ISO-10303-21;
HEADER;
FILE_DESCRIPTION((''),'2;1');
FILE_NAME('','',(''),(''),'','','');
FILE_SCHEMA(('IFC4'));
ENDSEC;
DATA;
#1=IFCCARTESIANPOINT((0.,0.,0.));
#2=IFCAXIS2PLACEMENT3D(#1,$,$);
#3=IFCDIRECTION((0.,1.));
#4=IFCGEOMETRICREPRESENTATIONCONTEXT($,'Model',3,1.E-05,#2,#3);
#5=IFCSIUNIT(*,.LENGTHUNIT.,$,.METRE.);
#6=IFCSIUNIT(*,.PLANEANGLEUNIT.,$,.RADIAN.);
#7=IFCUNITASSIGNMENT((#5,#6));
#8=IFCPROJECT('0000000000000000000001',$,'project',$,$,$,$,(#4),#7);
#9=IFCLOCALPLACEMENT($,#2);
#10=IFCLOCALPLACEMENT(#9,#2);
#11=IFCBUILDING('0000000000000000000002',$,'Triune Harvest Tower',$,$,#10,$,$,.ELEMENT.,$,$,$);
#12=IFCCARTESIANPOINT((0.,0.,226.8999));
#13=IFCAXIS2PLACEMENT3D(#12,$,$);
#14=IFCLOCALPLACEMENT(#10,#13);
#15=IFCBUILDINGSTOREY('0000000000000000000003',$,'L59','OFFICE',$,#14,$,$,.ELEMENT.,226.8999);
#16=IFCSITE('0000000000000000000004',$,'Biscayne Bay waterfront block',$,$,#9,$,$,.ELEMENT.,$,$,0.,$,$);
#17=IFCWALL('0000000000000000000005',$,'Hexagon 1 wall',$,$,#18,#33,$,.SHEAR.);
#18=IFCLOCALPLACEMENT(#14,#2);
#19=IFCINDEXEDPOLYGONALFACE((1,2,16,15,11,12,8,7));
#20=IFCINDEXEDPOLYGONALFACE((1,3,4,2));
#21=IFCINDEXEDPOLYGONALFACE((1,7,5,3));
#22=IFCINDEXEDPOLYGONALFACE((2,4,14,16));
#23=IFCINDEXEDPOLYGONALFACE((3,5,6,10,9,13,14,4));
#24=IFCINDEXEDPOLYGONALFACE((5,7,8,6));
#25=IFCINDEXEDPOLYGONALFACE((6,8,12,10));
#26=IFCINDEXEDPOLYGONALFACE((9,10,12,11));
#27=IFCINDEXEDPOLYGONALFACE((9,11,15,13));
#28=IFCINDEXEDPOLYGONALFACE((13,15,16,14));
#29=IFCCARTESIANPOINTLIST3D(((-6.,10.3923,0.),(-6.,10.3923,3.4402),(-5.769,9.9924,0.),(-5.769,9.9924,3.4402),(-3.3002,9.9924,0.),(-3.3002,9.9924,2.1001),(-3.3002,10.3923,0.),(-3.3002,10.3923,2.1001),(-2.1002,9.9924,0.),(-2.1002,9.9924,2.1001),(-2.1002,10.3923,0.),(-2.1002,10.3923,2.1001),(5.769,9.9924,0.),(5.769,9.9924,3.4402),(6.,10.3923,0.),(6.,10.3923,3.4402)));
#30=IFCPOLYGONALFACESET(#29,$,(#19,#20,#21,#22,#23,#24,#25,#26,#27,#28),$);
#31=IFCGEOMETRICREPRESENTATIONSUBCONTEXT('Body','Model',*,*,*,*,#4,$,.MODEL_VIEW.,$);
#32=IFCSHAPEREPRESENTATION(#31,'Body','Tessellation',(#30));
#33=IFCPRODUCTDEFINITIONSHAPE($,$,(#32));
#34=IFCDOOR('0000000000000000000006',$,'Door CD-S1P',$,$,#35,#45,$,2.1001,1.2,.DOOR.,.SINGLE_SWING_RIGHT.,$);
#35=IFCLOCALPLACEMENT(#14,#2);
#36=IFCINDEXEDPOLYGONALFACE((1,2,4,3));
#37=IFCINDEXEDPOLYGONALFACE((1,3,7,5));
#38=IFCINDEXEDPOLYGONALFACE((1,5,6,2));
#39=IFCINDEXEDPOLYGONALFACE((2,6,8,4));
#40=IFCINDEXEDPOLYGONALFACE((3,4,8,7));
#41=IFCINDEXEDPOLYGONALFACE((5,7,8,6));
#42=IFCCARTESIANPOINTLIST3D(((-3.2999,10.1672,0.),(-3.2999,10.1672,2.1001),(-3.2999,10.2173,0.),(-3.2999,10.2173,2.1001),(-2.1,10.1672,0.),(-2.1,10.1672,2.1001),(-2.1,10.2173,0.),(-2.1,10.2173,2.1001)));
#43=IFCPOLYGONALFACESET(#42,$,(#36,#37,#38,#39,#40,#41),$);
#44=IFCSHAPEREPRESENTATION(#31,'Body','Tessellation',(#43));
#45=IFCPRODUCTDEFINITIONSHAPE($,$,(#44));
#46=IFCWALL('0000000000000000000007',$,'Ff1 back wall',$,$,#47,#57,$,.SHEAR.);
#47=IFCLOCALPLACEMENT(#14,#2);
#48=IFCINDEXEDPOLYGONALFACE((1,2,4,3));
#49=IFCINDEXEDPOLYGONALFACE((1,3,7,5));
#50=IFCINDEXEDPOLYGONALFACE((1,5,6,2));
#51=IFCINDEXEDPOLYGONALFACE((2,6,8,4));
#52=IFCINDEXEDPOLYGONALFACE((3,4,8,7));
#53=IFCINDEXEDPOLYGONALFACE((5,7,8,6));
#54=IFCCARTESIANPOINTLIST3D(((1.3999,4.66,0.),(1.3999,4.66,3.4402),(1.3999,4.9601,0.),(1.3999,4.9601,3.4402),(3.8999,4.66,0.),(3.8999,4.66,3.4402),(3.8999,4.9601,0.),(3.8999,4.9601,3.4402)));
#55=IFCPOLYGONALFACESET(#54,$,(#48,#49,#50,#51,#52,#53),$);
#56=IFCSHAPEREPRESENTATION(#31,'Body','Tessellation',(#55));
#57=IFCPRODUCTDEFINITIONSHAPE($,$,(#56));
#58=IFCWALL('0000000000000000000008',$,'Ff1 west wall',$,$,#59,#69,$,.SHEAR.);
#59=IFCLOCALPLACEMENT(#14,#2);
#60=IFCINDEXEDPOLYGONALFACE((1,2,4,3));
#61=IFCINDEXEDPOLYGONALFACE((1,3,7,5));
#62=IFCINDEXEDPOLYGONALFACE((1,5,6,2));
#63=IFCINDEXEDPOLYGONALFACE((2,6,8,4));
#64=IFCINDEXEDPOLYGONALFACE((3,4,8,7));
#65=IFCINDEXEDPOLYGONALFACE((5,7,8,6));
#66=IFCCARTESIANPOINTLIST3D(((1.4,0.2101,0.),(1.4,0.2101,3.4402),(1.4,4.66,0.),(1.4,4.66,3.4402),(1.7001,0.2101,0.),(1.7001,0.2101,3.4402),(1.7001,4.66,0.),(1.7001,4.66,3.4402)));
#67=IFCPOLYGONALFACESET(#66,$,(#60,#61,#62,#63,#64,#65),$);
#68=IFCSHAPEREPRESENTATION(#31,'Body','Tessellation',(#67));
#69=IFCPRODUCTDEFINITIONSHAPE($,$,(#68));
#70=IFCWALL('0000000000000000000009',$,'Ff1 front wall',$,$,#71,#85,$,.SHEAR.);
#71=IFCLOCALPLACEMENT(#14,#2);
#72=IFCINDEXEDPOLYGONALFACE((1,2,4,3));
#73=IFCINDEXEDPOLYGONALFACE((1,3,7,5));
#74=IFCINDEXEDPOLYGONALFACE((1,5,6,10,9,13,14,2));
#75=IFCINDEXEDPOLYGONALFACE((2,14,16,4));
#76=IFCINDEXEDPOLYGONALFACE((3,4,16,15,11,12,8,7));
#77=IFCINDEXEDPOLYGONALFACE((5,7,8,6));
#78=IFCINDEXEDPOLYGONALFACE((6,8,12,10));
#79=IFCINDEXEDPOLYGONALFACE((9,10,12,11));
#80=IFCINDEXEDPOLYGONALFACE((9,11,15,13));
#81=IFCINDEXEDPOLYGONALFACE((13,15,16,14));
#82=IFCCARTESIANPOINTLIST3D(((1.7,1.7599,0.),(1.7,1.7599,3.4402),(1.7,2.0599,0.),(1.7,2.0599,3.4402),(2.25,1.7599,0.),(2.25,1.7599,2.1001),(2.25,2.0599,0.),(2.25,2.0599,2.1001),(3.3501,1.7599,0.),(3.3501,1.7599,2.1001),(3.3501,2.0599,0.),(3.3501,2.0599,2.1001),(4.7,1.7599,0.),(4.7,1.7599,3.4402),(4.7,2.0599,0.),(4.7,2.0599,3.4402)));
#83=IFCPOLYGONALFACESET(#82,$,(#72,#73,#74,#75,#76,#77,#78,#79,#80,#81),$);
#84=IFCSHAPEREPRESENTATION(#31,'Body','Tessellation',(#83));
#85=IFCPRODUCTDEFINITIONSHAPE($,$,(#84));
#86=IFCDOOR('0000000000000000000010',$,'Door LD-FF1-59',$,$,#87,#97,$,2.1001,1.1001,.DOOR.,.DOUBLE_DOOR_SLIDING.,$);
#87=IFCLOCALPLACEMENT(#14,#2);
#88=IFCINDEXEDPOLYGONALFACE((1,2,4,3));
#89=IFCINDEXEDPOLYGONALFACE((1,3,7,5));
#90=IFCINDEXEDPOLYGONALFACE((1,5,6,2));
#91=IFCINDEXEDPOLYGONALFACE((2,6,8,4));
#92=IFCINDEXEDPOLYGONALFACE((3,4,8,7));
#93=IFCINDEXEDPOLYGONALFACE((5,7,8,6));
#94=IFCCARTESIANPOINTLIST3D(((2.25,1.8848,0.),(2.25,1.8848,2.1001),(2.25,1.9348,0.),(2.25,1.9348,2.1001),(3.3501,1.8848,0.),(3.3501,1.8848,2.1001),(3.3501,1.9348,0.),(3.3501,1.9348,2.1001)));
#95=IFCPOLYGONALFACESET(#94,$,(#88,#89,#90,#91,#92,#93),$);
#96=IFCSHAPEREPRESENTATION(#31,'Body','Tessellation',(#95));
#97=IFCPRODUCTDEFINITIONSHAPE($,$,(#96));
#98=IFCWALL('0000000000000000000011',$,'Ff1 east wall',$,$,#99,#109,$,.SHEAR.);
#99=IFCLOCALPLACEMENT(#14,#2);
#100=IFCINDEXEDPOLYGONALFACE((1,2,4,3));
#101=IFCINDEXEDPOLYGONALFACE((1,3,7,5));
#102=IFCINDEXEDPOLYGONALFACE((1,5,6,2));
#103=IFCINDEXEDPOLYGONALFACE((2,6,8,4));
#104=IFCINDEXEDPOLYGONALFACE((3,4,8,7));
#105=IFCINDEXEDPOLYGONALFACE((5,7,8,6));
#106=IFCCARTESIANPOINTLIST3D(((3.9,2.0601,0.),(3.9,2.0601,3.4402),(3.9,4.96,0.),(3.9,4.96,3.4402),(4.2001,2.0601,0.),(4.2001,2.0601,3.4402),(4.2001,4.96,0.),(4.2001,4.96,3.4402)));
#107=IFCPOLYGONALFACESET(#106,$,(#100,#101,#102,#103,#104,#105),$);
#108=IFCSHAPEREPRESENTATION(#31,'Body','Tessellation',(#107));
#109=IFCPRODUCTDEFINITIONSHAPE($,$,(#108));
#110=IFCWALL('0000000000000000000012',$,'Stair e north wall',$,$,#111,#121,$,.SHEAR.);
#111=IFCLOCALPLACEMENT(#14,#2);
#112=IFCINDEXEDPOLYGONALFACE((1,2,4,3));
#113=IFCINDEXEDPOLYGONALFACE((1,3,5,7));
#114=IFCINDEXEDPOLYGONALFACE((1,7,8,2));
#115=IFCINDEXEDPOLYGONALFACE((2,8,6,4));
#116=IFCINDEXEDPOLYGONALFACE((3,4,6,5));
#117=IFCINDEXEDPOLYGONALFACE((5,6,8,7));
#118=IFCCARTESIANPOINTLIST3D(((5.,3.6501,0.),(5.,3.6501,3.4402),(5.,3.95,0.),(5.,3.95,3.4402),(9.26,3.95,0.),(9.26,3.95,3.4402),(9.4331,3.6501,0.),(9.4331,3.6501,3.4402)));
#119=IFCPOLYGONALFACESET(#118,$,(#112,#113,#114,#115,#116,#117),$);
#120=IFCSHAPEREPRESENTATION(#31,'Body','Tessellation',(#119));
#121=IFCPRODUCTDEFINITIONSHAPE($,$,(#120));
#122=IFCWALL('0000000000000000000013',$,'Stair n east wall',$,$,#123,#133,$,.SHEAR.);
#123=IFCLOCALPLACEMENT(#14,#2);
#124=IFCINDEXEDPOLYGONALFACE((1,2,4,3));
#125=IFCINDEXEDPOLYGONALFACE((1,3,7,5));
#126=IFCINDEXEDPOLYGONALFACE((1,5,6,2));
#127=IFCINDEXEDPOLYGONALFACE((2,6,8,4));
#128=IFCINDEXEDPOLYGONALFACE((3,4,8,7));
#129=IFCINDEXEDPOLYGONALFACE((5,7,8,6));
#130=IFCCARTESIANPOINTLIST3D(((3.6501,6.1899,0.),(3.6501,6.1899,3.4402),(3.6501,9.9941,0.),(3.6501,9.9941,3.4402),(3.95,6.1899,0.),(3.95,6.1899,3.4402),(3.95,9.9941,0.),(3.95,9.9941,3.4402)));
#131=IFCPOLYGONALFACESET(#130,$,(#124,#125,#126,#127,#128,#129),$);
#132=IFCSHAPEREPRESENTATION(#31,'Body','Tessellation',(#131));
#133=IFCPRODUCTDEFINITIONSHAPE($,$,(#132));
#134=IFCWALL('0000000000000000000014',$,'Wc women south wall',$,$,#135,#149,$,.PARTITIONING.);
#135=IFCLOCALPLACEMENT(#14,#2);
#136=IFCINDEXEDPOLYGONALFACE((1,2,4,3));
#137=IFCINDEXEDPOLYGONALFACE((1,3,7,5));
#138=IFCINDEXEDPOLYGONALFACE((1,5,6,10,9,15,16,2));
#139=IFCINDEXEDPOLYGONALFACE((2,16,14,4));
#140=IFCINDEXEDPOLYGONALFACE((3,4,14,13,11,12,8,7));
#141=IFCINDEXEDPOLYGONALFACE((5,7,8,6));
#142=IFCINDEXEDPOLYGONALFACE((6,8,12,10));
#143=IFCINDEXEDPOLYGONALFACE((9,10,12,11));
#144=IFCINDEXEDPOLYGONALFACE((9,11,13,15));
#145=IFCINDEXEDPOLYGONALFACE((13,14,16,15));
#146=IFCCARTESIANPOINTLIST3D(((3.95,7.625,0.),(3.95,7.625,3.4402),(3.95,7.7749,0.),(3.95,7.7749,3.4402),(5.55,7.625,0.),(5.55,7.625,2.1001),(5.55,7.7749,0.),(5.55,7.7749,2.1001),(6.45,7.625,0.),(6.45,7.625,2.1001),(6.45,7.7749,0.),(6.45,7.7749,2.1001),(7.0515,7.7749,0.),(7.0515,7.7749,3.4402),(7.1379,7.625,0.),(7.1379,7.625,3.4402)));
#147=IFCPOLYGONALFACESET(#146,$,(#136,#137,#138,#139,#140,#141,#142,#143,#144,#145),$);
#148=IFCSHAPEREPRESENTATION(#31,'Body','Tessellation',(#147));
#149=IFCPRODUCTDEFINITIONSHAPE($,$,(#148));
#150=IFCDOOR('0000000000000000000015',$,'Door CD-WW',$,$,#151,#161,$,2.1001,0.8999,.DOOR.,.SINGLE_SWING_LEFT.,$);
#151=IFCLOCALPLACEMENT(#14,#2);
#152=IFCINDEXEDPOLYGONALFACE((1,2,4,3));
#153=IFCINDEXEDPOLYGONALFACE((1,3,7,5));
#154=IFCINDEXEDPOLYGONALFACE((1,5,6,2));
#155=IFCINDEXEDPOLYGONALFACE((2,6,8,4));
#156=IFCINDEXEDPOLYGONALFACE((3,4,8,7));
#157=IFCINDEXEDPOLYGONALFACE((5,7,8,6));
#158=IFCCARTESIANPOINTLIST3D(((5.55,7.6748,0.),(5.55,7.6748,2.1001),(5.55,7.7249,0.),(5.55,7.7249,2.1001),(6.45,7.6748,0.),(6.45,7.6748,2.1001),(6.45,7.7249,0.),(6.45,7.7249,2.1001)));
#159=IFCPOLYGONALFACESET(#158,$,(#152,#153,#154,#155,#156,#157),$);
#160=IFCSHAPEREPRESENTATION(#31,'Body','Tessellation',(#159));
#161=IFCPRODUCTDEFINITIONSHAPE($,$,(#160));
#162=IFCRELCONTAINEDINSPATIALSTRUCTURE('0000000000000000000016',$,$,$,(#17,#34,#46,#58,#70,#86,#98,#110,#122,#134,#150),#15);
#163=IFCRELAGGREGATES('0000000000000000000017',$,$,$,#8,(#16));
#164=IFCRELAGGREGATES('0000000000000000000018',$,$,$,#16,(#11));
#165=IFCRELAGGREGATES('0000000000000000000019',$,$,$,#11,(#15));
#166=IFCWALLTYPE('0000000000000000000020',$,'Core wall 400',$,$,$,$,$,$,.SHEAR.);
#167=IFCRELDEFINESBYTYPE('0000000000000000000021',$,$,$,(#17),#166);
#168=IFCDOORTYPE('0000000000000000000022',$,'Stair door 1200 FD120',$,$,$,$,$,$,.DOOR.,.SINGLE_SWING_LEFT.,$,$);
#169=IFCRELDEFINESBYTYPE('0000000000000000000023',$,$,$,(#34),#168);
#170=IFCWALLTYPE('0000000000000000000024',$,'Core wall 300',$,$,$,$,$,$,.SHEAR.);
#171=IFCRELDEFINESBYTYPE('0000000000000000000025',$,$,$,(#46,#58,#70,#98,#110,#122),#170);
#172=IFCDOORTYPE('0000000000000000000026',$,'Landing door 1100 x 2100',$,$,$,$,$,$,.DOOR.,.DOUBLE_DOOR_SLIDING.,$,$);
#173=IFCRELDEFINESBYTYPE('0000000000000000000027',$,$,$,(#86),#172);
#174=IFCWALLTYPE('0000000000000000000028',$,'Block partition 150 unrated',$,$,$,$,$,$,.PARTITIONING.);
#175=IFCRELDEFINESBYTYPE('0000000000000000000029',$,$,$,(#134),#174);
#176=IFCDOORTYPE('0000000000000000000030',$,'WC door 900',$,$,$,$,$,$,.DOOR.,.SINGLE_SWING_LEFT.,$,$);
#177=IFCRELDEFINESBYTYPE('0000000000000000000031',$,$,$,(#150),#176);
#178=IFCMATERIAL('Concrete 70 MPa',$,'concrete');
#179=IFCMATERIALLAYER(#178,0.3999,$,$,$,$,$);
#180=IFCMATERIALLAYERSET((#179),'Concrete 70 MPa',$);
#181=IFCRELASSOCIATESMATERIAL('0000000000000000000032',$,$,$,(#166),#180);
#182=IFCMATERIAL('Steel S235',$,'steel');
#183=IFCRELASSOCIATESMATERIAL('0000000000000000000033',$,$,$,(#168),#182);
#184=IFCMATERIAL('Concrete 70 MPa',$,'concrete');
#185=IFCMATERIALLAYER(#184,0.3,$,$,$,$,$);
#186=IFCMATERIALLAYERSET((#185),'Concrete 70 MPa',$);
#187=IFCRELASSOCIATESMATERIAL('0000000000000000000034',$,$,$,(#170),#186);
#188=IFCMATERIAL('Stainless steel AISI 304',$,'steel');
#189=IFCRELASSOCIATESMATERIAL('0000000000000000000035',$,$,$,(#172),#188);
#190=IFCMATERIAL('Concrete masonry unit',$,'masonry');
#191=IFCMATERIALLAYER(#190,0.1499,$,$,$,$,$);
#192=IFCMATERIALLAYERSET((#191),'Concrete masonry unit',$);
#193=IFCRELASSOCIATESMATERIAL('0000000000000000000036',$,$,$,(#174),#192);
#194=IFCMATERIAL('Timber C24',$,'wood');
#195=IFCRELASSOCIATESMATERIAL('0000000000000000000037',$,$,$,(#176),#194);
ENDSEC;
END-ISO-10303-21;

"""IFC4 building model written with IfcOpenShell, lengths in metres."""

from ifc_helpers import new_model, si_unit, direction, frame, frame_2d, origin, place, context, subcontext, project, spatial, polyline, rectangle, outline, extrude, source, transform, mapped, material, layer, layer_set, type_object, element, fill, save


model = new_model("IFC4")

# Units and contexts
model_context = context("Model", 3, precision=1e-05, world=origin(), true_north=direction((0.0, 1.0)))
body_context = subcontext(model_context, "Body", "Model", "MODEL_VIEW")
ifc_project = project(units=[si_unit("LENGTHUNIT", "METRE"), si_unit("PLANEANGLEUNIT", "RADIAN")], contexts=[model_context])

# Site, building, storey
site_placement = place(None, origin())
site = spatial("IfcSite", under=ifc_project, at=site_placement, Name="Biscayne Bay waterfront block", CompositionType="ELEMENT", RefElevation=0.0)
building_placement = place(site_placement, origin())
building = spatial("IfcBuilding", under=site, at=building_placement, Name="Triune Harvest Tower", CompositionType="ELEMENT")
storey_placement = place(building_placement, frame((0.0, 0.0, 226.8999)))
storey = spatial("IfcBuildingStorey", under=building, at=storey_placement, Name="L59", Description="OFFICE", CompositionType="ELEMENT", Elevation=226.8999)

# Wall, opening, door
ifc_material_1 = material(Name="Concrete 70 MPa", Category="concrete")
ifc_layer_1 = layer(ifc_material_1, 0.3999)
ifc_layer_set_1 = layer_set([ifc_layer_1], Name="Concrete 70 MPa")
wall_type_1 = type_object("IfcWallType", Name="Core wall 400", PredefinedType="SHEAR", material=ifc_layer_set_1)
shared_shape_1 = source(origin(), body_context, "Body", "SweptSolid", [
    extrude(outline(polyline([(-0.1155, -0.2), (11.8845, -0.2), (11.6536, 0.2), (0.1155, 0.2), (-0.1155, -0.2)])), origin(), (0.0, 0.0, 1.0), 3.4402),
])
wall_1_placement = place(storey_placement, frame((5.8845, 10.1924, 0.0), z_axis=(0.0, 0.0, 1.0), x_axis=(-1.0, 0.0, 0.0)))
wall_1 = element("IfcWall", 1, at=wall_1_placement, inside=storey, type_object=wall_type_1, Name="Hexagon 1 wall", PredefinedType="SHEAR", context=body_context, shape_type="MappedRepresentation", body=[
    mapped(shared_shape_1, transform((0.0, 0.0, 0.0), scale=1.0)),
])
opening_1_placement = place(wall_1_placement, frame((7.9846, 0.0, 0.0)))
opening_1 = element("IfcOpeningElement", 2, at=opening_1_placement, cuts=wall_1, PredefinedType="OPENING", context=body_context, shape_type="SweptSolid", body=[
    extrude(rectangle(XDim=1.2, YDim=2.1001, at=frame_2d((0.6001, 1.05))), frame((0.0, 0.21, 0.0), z_axis=(0.0, -1.0, 0.0), x_axis=(1.0, 0.0, 0.0)), (0.0, 0.0, 1.0), 0.4199),
])
ifc_material_2 = material(Name="Steel S235", Category="steel")
door_type_1 = type_object("IfcDoorType", Name="Stair door 1200 FD120", OperationType="SINGLE_SWING_LEFT", PredefinedType="DOOR", material=ifc_material_2)
door_1_placement = place(opening_1_placement, frame((1.2, 0.0, 0.0), z_axis=(0.0, 0.0, 1.0), x_axis=(-1.0, 0.0, 0.0)))
door_1 = element("IfcDoor", 3, at=door_1_placement, inside=storey, type_object=door_type_1, Name="Door CD-S1P", OperationType="SINGLE_SWING_RIGHT", OverallHeight=2.1001, OverallWidth=1.2, PredefinedType="DOOR", context=body_context, shape_type="SweptSolid", body=[
    extrude(rectangle(XDim=1.2, YDim=2.1001, at=frame_2d((0.6001, 1.05))), frame((0.0, 0.0249, 0.0), z_axis=(0.0, -1.0, 0.0), x_axis=(1.0, 0.0, 0.0)), (0.0, 0.0, 1.0), 0.05),
])
fill(opening_1, door_1)

# Walls
ifc_material_3 = material(Name="Concrete 70 MPa", Category="concrete")
ifc_layer_2 = layer(ifc_material_3, 0.3)
ifc_layer_set_2 = layer_set([ifc_layer_2], Name="Concrete 70 MPa")
wall_type_2 = type_object("IfcWallType", Name="Core wall 300", PredefinedType="SHEAR", material=ifc_layer_set_2)
shared_shape_2 = source(origin(), body_context, "Body", "SweptSolid", [
    extrude(rectangle(XDim=2.5, YDim=0.3, at=frame_2d((1.25, 0.0))), origin(), (0.0, 0.0, 1.0), 3.4402),
])
wall_2_placement = place(storey_placement, frame((1.3999, 4.8101, 0.0), z_axis=(0.0, 0.0, 1.0), x_axis=(1.0, 0.0, 0.0)))
element("IfcWall", 4, at=wall_2_placement, inside=storey, type_object=wall_type_2, Name="Ff1 back wall", PredefinedType="SHEAR", context=body_context, shape_type="MappedRepresentation", body=[
    mapped(shared_shape_2, transform((0.0, 0.0, 0.0), scale=1.0)),
])
shared_shape_3 = source(origin(), body_context, "Body", "SweptSolid", [
    extrude(rectangle(XDim=4.45, YDim=0.3, at=frame_2d((2.2251, 0.0))), origin(), (0.0, 0.0, 1.0), 3.4402),
])
wall_3_placement = place(storey_placement, frame((1.55, 0.21, 0.0), z_axis=(0.0, 0.0, 1.0), x_axis=(0.0, 1.0, 0.0)))
element("IfcWall", 5, at=wall_3_placement, inside=storey, type_object=wall_type_2, Name="Ff1 west wall", PredefinedType="SHEAR", context=body_context, shape_type="MappedRepresentation", body=[
    mapped(shared_shape_3, transform((0.0, 0.0, 0.0), scale=1.0)),
])

# Wall, opening, door
shared_shape_4 = source(origin(), body_context, "Body", "SweptSolid", [
    extrude(rectangle(XDim=3.0, YDim=0.3, at=frame_2d((1.5, 0.0))), origin(), (0.0, 0.0, 1.0), 3.4402),
])
wall_4_placement = place(storey_placement, frame((1.7, 1.9099, 0.0), z_axis=(0.0, 0.0, 1.0), x_axis=(1.0, 0.0, 0.0)))
wall_4 = element("IfcWall", 6, at=wall_4_placement, inside=storey, type_object=wall_type_2, Name="Ff1 front wall", PredefinedType="SHEAR", context=body_context, shape_type="MappedRepresentation", body=[
    mapped(shared_shape_4, transform((0.0, 0.0, 0.0), scale=1.0)),
])
opening_2_placement = place(wall_4_placement, frame((0.55, 0.0, 0.0)))
opening_2 = element("IfcOpeningElement", 7, at=opening_2_placement, cuts=wall_4, PredefinedType="OPENING", context=body_context, shape_type="SweptSolid", body=[
    extrude(rectangle(XDim=1.1001, YDim=2.1001, at=frame_2d((0.55, 1.05))), frame((0.0, 0.1602, 0.0), z_axis=(0.0, -1.0, 0.0), x_axis=(1.0, 0.0, 0.0)), (0.0, 0.0, 1.0), 0.3201),
])
ifc_material_4 = material(Name="Stainless steel AISI 304", Category="steel")
door_type_2 = type_object("IfcDoorType", Name="Landing door 1100 x 2100", OperationType="DOUBLE_DOOR_SLIDING", PredefinedType="DOOR", material=ifc_material_4)
door_2_placement = place(opening_2_placement, origin())
door_2 = element("IfcDoor", 8, at=door_2_placement, inside=storey, type_object=door_type_2, Name="Door LD-FF1-59", OperationType="DOUBLE_DOOR_SLIDING", OverallHeight=2.1001, OverallWidth=1.1001, PredefinedType="DOOR", context=body_context, shape_type="SweptSolid", body=[
    extrude(rectangle(XDim=1.1001, YDim=2.1001, at=frame_2d((0.55, 1.05))), frame((0.0, 0.0249, 0.0), z_axis=(0.0, -1.0, 0.0), x_axis=(1.0, 0.0, 0.0)), (0.0, 0.0, 1.0), 0.05),
])
fill(opening_2, door_2)

# Walls
shared_shape_5 = source(origin(), body_context, "Body", "SweptSolid", [
    extrude(rectangle(XDim=2.8999, YDim=0.3, at=frame_2d((1.45, 0.0))), origin(), (0.0, 0.0, 1.0), 3.4402),
])
wall_5_placement = place(storey_placement, frame((4.05, 2.0601, 0.0), z_axis=(0.0, 0.0, 1.0), x_axis=(0.0, 1.0, 0.0)))
element("IfcWall", 9, at=wall_5_placement, inside=storey, type_object=wall_type_2, Name="Ff1 east wall", PredefinedType="SHEAR", context=body_context, shape_type="MappedRepresentation", body=[
    mapped(shared_shape_5, transform((0.0, 0.0, 0.0), scale=1.0)),
])
shared_shape_6 = source(origin(), body_context, "Body", "SweptSolid", [
    extrude(outline(polyline([(0.0, -0.1499), (0.0, 0.1499), (4.26, 0.1499), (4.4331, -0.1499), (0.0, -0.1499)])), origin(), (0.0, 0.0, 1.0), 3.4402),
])
wall_6_placement = place(storey_placement, frame((5.0, 3.8, 0.0), z_axis=(0.0, 0.0, 1.0), x_axis=(1.0, 0.0, 0.0)))
element("IfcWall", 10, at=wall_6_placement, inside=storey, type_object=wall_type_2, Name="Stair e north wall", PredefinedType="SHEAR", context=body_context, shape_type="MappedRepresentation", body=[
    mapped(shared_shape_6, transform((0.0, 0.0, 0.0), scale=1.0)),
])
shared_shape_7 = source(origin(), body_context, "Body", "SweptSolid", [
    extrude(outline(polyline([(0.0, -0.1499), (0.0, 0.1499), (3.8042, 0.1499), (3.8042, -0.1499), (0.0, -0.1499)])), origin(), (0.0, 0.0, 1.0), 3.4402),
])
wall_7_placement = place(storey_placement, frame((3.8, 6.1899, 0.0), z_axis=(0.0, 0.0, 1.0), x_axis=(0.0, 1.0, 0.0)))
element("IfcWall", 11, at=wall_7_placement, inside=storey, type_object=wall_type_2, Name="Stair n east wall", PredefinedType="SHEAR", context=body_context, shape_type="MappedRepresentation", body=[
    mapped(shared_shape_7, transform((0.0, 0.0, 0.0), scale=1.0)),
])

# Wall, opening, door
ifc_material_5 = material(Name="Concrete masonry unit", Category="masonry")
ifc_layer_3 = layer(ifc_material_5, 0.1499)
ifc_layer_set_3 = layer_set([ifc_layer_3], Name="Concrete masonry unit")
wall_type_3 = type_object("IfcWallType", Name="Block partition 150 unrated", PredefinedType="PARTITIONING", material=ifc_layer_set_3)
shared_shape_8 = source(origin(), body_context, "Body", "SweptSolid", [
    extrude(outline(polyline([(0.0, -0.075), (0.0, 0.075), (3.1016, 0.075), (3.188, -0.075), (0.0, -0.075)])), origin(), (0.0, 0.0, 1.0), 3.4402),
])
wall_8_placement = place(storey_placement, frame((3.95, 7.7, 0.0), z_axis=(0.0, 0.0, 1.0), x_axis=(1.0, 0.0, 0.0)))
wall_8 = element("IfcWall", 12, at=wall_8_placement, inside=storey, type_object=wall_type_3, Name="Wc women south wall", PredefinedType="PARTITIONING", context=body_context, shape_type="MappedRepresentation", body=[
    mapped(shared_shape_8, transform((0.0, 0.0, 0.0), scale=1.0)),
])
opening_3_placement = place(wall_8_placement, frame((1.6001, 0.0, 0.0)))
opening_3 = element("IfcOpeningElement", 13, at=opening_3_placement, cuts=wall_8, PredefinedType="OPENING", context=body_context, shape_type="SweptSolid", body=[
    extrude(rectangle(XDim=0.8999, YDim=2.1001, at=frame_2d((0.45, 1.05))), frame((0.0, 0.085, 0.0), z_axis=(0.0, -1.0, 0.0), x_axis=(1.0, 0.0, 0.0)), (0.0, 0.0, 1.0), 0.1699),
])
ifc_material_6 = material(Name="Timber C24", Category="wood")
door_type_3 = type_object("IfcDoorType", Name="WC door 900", OperationType="SINGLE_SWING_LEFT", PredefinedType="DOOR", material=ifc_material_6)
door_3_placement = place(opening_3_placement, origin())
door_3 = element("IfcDoor", 14, at=door_3_placement, inside=storey, type_object=door_type_3, Name="Door CD-WW", OperationType="SINGLE_SWING_LEFT", OverallHeight=2.1001, OverallWidth=0.8999, PredefinedType="DOOR", context=body_context, shape_type="SweptSolid", body=[
    extrude(rectangle(XDim=0.8999, YDim=2.1001, at=frame_2d((0.45, 1.05))), frame((0.0, 0.0249, 0.0), z_axis=(0.0, -1.0, 0.0), x_axis=(1.0, 0.0, 0.0)), (0.0, 0.0, 1.0), 0.05),
])
fill(opening_3, door_3)

save(model, "model.ifc")
